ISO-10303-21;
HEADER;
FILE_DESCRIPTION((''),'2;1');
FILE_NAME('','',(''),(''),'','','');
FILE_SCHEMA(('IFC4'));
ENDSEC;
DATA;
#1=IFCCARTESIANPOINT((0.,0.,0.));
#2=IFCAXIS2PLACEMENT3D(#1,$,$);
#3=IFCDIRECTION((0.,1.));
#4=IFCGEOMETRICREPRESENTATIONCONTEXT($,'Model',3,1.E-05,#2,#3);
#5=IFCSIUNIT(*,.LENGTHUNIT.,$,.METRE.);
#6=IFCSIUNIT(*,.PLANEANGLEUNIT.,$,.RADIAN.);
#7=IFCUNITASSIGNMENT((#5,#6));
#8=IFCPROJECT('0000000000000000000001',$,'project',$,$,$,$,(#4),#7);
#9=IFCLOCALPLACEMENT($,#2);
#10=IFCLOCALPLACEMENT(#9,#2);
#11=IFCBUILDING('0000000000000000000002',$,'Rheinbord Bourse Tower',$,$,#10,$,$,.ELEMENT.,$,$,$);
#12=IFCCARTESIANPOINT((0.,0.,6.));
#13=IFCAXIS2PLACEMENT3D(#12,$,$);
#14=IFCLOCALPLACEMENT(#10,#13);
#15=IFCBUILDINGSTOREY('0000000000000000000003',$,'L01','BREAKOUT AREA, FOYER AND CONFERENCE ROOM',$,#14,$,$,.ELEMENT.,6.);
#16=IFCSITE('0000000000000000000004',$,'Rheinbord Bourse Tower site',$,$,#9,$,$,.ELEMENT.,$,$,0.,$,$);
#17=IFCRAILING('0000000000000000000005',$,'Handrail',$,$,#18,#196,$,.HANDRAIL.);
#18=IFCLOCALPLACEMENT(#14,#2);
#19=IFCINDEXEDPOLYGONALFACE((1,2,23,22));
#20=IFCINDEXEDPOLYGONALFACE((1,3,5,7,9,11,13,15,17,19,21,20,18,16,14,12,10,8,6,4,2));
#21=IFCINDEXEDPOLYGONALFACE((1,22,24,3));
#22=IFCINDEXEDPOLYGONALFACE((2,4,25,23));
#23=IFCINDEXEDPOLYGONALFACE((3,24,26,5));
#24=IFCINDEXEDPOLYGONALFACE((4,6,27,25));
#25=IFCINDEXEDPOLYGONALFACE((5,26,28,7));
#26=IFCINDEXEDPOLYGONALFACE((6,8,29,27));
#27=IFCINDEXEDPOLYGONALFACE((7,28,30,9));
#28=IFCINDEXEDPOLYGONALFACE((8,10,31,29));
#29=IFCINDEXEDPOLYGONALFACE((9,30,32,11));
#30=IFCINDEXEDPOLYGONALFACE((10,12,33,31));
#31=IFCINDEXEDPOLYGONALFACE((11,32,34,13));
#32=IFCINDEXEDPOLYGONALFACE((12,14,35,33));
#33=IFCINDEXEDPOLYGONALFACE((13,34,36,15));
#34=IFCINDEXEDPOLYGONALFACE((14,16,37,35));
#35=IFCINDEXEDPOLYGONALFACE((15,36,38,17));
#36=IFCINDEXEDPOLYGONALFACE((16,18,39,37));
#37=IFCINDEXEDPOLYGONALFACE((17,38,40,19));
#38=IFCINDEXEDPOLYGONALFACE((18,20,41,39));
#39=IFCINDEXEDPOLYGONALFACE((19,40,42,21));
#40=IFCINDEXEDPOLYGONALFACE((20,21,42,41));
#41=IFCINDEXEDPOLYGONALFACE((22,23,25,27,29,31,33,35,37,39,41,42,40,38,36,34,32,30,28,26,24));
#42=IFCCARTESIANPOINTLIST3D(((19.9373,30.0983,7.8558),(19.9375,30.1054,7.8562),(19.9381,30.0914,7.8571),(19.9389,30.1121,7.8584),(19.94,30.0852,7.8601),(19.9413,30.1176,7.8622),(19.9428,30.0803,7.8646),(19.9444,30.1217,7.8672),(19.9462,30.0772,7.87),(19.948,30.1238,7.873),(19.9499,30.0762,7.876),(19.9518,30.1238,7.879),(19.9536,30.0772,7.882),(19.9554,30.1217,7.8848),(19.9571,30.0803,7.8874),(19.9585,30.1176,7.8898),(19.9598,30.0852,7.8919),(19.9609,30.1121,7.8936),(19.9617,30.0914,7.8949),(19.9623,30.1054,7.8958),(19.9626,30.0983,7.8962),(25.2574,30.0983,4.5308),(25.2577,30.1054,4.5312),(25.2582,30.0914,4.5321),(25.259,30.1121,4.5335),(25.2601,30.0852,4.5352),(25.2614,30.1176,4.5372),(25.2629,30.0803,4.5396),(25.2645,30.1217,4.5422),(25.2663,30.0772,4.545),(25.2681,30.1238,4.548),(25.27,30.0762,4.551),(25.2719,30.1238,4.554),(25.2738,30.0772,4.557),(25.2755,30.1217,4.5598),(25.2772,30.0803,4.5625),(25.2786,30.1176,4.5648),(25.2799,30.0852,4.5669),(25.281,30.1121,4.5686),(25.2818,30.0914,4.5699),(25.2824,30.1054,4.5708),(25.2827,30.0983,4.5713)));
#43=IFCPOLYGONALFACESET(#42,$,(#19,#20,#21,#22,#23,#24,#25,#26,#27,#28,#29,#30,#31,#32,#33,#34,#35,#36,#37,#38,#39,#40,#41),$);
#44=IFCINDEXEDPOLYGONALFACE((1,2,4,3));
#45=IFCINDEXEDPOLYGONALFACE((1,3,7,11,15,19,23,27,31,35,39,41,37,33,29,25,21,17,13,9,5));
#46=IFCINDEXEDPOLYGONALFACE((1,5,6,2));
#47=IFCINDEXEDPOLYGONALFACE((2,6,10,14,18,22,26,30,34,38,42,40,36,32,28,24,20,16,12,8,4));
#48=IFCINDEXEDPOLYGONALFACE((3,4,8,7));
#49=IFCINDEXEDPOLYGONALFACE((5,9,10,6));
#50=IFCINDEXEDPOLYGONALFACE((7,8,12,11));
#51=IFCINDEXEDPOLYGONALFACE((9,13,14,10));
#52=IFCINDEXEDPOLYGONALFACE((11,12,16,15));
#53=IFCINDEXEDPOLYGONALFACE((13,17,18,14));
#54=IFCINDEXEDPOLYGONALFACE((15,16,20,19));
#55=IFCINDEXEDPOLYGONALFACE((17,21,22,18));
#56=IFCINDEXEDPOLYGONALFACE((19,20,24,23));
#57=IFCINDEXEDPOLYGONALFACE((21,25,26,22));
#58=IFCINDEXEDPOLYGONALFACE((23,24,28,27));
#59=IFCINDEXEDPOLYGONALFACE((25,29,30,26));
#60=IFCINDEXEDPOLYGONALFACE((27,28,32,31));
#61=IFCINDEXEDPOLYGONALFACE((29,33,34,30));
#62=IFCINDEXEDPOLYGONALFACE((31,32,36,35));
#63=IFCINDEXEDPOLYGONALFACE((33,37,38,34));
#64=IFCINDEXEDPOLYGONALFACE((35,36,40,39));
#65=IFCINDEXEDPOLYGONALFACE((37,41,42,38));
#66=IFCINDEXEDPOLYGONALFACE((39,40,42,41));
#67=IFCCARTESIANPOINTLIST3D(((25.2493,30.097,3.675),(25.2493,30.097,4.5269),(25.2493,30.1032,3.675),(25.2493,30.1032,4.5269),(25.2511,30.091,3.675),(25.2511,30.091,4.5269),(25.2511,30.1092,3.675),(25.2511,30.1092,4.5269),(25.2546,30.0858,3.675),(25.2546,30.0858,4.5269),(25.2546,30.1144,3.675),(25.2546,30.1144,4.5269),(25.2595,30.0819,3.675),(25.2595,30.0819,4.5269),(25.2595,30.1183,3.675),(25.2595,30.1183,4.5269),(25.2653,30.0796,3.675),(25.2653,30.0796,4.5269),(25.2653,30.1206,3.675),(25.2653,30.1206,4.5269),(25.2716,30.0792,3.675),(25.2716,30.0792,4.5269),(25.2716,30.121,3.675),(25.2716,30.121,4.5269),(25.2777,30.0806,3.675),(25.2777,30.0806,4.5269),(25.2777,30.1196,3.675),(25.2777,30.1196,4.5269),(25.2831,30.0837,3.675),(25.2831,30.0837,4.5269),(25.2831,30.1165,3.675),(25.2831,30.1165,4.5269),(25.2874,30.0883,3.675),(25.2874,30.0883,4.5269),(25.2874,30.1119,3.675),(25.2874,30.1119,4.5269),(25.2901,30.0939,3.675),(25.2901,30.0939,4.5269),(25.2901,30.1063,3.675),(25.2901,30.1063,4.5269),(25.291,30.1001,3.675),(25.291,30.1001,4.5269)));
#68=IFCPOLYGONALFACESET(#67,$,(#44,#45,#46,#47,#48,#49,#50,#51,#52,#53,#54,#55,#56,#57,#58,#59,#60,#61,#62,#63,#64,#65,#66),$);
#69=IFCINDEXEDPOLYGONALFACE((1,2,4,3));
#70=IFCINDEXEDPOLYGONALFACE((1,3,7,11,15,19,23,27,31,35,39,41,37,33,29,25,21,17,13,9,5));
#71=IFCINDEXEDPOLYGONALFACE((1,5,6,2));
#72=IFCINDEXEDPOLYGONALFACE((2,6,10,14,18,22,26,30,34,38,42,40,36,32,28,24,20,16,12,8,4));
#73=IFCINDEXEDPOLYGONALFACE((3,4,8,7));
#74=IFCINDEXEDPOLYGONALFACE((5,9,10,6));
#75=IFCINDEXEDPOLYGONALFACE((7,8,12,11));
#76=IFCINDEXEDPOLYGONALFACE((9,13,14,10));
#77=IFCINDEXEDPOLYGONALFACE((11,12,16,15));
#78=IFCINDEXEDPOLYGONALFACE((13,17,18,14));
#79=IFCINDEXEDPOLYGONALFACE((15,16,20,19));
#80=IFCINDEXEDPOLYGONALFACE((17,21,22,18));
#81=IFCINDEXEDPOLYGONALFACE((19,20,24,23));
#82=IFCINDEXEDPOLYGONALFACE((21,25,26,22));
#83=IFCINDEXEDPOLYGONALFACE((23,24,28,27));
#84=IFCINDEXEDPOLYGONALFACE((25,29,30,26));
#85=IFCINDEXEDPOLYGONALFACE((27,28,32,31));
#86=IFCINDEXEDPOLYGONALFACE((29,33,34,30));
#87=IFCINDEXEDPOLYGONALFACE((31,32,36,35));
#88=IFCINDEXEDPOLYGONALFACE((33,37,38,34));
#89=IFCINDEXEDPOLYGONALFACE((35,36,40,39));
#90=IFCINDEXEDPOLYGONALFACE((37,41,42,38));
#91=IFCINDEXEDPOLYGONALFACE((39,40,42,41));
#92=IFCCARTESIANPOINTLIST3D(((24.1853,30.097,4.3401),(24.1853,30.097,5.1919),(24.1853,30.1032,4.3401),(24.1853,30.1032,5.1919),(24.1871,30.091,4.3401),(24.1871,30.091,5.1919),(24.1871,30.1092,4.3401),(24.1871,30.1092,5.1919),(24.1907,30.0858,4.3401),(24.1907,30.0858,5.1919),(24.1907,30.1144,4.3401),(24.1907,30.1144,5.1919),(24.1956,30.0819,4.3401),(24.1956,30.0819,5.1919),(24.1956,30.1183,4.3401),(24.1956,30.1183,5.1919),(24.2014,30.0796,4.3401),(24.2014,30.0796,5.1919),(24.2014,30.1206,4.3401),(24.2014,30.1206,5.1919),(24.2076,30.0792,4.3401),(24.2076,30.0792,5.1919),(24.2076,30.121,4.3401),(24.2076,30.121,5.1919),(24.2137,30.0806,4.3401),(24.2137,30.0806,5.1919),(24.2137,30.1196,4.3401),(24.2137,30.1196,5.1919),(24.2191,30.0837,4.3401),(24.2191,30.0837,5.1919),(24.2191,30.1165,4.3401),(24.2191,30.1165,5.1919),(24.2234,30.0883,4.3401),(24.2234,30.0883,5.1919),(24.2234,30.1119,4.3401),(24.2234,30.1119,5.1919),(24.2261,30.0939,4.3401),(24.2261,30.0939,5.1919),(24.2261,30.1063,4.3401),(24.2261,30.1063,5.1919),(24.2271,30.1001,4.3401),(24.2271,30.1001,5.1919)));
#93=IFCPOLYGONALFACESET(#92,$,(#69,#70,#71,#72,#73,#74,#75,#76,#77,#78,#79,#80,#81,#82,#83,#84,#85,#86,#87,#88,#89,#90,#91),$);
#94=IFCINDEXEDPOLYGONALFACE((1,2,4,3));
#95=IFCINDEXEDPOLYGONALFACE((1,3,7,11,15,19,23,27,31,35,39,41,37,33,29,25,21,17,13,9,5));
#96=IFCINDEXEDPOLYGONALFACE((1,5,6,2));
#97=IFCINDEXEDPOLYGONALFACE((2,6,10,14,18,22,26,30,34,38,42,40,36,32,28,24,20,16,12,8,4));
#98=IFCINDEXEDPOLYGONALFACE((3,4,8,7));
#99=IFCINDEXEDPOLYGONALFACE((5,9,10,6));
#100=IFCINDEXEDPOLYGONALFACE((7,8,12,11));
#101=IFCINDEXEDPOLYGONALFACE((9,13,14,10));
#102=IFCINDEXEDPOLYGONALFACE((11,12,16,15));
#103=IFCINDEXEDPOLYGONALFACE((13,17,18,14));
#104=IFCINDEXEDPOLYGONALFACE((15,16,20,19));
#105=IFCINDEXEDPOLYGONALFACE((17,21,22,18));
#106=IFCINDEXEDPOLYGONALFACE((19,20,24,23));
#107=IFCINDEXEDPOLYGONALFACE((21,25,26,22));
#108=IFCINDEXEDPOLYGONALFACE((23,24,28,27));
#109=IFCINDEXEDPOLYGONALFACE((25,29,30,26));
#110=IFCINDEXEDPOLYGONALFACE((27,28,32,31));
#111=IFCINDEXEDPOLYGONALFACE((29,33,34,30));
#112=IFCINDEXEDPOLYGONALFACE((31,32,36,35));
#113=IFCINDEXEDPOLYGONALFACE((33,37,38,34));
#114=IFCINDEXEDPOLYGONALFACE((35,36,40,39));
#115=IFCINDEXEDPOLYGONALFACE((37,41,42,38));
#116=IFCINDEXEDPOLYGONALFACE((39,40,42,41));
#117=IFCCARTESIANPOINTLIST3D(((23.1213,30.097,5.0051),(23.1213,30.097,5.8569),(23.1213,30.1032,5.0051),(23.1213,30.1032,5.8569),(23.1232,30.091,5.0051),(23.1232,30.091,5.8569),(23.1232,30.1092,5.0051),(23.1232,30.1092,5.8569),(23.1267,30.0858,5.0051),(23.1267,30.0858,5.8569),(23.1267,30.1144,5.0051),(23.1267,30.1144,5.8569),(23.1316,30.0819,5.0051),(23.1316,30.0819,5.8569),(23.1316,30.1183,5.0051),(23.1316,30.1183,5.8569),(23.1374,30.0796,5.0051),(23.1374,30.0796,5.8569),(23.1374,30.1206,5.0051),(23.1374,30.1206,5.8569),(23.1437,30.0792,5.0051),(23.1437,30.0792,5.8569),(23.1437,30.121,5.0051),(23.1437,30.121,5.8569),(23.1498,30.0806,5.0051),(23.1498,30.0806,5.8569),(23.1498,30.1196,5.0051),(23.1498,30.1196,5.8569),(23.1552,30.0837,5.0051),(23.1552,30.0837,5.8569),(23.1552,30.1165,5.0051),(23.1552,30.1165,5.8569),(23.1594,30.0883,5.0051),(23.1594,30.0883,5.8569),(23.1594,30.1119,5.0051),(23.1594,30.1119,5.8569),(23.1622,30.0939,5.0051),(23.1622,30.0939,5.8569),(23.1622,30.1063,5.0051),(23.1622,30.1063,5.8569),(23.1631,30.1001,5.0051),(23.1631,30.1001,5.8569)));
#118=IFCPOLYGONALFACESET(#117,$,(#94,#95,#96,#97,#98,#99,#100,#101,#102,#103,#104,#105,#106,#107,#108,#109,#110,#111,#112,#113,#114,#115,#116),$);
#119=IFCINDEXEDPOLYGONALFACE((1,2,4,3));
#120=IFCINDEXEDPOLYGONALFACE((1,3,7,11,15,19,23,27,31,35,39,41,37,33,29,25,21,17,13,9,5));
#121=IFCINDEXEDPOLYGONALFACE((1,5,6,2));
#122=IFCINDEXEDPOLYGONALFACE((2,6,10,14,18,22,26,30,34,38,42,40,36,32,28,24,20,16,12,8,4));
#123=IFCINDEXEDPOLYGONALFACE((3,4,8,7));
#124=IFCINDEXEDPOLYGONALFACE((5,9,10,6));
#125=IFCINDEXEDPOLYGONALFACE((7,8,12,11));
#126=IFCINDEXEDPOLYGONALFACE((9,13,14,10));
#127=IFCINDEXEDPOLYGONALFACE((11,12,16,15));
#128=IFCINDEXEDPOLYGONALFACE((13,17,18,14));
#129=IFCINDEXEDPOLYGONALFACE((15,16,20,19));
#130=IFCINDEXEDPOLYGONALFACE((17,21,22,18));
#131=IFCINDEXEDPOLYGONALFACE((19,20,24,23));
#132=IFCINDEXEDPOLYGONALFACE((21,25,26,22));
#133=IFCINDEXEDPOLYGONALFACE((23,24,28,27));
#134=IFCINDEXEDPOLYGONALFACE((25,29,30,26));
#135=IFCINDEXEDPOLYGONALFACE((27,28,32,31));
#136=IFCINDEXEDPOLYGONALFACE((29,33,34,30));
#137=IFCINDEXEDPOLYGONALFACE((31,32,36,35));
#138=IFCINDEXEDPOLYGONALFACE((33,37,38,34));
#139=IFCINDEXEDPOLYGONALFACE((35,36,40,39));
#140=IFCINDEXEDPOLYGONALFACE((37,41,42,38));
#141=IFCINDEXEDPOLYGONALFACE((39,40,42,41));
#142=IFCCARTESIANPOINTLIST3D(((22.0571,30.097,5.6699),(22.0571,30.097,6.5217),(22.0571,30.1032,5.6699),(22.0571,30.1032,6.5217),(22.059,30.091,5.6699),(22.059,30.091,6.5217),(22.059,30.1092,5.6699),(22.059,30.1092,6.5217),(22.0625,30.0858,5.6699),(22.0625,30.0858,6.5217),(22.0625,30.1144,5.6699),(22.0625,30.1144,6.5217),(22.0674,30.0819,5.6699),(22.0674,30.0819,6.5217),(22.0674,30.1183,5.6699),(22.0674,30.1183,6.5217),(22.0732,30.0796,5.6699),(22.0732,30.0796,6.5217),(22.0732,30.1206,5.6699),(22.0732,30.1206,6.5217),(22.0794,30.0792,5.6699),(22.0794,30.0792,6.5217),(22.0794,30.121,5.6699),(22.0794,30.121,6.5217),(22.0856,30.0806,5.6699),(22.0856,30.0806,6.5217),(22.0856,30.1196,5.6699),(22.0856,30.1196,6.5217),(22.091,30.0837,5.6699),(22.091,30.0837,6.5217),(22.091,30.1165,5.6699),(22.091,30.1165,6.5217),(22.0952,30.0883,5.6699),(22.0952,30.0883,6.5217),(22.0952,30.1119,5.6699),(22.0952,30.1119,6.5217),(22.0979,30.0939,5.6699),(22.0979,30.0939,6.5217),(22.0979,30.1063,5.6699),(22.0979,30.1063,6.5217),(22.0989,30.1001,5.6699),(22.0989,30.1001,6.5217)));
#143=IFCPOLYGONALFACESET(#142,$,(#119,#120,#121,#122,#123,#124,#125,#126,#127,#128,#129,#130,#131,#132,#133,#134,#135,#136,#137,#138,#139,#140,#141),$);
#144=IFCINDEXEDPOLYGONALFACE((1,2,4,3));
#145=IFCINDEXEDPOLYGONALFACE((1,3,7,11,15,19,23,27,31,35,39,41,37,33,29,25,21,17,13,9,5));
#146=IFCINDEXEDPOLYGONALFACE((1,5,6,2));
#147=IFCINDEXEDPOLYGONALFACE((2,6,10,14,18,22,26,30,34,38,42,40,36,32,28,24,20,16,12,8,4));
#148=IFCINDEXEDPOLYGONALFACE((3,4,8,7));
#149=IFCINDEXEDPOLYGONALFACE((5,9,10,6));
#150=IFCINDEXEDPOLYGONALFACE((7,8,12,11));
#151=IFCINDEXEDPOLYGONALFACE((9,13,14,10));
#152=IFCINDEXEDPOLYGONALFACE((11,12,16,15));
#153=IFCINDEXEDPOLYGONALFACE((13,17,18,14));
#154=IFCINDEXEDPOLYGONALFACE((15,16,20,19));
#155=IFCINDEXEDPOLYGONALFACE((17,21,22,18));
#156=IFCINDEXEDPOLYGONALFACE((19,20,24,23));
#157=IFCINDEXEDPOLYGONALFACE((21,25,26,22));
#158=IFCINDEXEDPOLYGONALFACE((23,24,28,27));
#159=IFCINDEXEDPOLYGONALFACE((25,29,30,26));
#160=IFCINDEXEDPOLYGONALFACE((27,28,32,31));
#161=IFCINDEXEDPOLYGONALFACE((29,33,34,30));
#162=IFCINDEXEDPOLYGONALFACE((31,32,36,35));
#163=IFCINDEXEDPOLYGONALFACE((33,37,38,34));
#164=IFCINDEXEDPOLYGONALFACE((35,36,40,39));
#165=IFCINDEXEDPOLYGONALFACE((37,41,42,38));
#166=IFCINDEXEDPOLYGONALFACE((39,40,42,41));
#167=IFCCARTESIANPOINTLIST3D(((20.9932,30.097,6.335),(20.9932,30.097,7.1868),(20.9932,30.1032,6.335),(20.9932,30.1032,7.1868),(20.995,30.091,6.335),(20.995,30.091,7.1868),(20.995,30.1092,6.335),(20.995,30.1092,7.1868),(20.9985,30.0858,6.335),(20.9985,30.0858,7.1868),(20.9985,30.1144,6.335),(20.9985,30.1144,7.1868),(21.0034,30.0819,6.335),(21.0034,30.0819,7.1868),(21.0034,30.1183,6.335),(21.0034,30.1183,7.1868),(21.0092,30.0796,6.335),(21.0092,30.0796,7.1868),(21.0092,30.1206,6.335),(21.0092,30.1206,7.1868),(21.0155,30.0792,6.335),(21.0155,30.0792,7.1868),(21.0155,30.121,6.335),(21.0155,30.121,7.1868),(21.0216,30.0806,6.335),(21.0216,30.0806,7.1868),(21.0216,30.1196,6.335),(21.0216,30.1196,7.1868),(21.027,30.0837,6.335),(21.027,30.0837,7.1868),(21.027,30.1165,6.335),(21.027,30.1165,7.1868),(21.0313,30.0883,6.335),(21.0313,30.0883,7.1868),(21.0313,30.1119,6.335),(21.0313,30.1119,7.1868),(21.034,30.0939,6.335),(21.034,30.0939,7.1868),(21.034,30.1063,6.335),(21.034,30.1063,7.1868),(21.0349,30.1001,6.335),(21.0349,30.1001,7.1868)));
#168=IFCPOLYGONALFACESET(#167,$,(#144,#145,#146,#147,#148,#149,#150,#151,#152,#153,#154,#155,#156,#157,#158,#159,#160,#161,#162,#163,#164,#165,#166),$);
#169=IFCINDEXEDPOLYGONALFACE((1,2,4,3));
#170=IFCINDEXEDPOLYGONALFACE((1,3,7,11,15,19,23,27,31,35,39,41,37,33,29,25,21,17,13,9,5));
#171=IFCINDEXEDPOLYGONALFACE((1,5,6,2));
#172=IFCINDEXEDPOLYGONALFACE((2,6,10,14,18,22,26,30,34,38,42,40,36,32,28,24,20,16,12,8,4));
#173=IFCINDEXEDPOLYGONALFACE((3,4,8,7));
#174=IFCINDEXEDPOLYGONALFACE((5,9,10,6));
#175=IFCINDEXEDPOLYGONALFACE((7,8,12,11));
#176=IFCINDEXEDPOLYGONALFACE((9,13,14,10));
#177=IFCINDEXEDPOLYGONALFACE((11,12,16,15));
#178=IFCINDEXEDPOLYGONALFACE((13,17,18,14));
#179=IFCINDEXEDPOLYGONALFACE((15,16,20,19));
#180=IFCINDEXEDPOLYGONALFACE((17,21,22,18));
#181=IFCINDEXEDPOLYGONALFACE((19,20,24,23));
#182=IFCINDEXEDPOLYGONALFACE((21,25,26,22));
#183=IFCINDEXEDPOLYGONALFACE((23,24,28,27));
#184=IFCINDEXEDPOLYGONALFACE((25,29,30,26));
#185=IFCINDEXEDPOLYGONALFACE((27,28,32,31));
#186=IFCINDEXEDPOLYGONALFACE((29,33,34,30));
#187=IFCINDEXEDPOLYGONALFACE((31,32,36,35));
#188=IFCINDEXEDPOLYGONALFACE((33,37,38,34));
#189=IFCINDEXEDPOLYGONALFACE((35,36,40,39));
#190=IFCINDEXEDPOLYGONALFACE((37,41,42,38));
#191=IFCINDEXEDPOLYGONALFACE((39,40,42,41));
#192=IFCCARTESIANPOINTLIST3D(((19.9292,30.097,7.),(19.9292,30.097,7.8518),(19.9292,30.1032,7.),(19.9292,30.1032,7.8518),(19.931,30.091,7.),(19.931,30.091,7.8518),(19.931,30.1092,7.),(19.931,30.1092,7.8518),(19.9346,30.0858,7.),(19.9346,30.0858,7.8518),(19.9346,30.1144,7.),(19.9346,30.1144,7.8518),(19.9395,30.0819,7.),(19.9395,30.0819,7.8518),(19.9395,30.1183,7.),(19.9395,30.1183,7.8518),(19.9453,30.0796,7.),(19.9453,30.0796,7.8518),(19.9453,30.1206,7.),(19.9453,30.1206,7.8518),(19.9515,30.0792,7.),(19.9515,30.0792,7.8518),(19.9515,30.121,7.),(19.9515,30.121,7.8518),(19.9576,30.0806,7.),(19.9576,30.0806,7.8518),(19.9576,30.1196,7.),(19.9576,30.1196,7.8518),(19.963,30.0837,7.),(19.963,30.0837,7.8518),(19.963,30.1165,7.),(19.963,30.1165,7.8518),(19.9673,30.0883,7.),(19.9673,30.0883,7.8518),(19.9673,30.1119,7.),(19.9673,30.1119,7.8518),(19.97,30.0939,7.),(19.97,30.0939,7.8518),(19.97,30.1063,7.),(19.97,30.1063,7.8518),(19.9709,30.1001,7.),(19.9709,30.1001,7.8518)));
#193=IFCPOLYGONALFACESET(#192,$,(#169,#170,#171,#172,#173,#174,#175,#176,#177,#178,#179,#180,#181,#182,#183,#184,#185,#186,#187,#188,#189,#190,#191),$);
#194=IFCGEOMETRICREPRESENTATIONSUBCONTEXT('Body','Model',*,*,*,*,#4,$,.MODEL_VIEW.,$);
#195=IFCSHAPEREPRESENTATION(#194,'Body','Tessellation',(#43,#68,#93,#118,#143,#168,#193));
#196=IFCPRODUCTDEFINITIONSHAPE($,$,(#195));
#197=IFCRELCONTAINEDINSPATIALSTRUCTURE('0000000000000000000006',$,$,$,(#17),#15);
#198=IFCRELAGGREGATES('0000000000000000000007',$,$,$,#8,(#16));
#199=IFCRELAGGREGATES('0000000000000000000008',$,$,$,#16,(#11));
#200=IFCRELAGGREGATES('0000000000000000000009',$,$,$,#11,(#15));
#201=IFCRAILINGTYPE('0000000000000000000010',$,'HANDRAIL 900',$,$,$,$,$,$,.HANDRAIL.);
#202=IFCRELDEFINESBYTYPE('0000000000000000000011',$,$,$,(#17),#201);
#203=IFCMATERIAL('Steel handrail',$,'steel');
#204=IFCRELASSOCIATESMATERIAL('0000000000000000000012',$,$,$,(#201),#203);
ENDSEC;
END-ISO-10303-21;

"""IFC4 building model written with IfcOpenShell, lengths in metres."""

from ifc_helpers import new_model, si_unit, direction, frame, origin, origin_2d, place, context, subcontext, project, spatial, circle, extrude, material, type_object, element, save


model = new_model("IFC4")

# Units and contexts
model_context = context("Model", 3, precision=1e-05, world=origin(), true_north=direction((0.0, 1.0)))
body_context = subcontext(model_context, "Body", "Model", "MODEL_VIEW")
ifc_project = project(units=[si_unit("LENGTHUNIT", "METRE"), si_unit("PLANEANGLEUNIT", "RADIAN")], contexts=[model_context])

# Site, building, storey
site_placement = place(None, origin())
site = spatial("IfcSite", under=ifc_project, at=site_placement, Name="Rheinbord Bourse Tower site", CompositionType="ELEMENT", RefElevation=0.0)
building_placement = place(site_placement, origin())
building = spatial("IfcBuilding", under=site, at=building_placement, Name="Rheinbord Bourse Tower", CompositionType="ELEMENT")
storey_placement = place(building_placement, frame((0.0, 0.0, 6.0)))
storey = spatial("IfcBuildingStorey", under=building, at=storey_placement, Name="L01", Description="BREAKOUT AREA, FOYER AND CONFERENCE ROOM", CompositionType="ELEMENT", Elevation=6.0)

# Railing
ifc_material_1 = material(Name="Steel handrail", Category="steel")
railing_type = type_object("IfcRailingType", Name="HANDRAIL 900", PredefinedType="HANDRAIL", material=ifc_material_1)
railing_1_placement = place(storey_placement, frame((25.27, 30.1001, 3.675)))
element("IfcRailing", 1, at=railing_1_placement, inside=storey, type_object=railing_type, Name="Handrail", PredefinedType="HANDRAIL", context=body_context, shape_type="SweptSolid", body=[
    extrude(circle(Radius=0.0239, at=origin_2d()), frame((0.0, 0.0, 0.876), z_axis=(-0.848005, 0.0, 0.529988), x_axis=(0.0, -1.0, 0.0)), (0.0, 0.0, 1.0), 6.2737),
    extrude(circle(Radius=0.021, at=origin_2d()), origin(), (0.0, 0.0, 1.0), 0.8518),
    extrude(circle(Radius=0.021, at=origin_2d()), frame((-1.064, 0.0, 0.665)), (0.0, 0.0, 1.0), 0.8518),
    extrude(circle(Radius=0.021, at=origin_2d()), frame((-2.1279, 0.0, 1.3301)), (0.0, 0.0, 1.0), 0.8518),
    extrude(circle(Radius=0.021, at=origin_2d()), frame((-3.1921, 0.0, 1.9949)), (0.0, 0.0, 1.0), 0.8518),
    extrude(circle(Radius=0.021, at=origin_2d()), frame((-4.2561, 0.0, 2.6599)), (0.0, 0.0, 1.0), 0.8518),
    extrude(circle(Radius=0.021, at=origin_2d()), frame((-5.3201, 0.0, 3.325)), (0.0, 0.0, 1.0), 0.8518),
])

save(model, "model.ifc")
